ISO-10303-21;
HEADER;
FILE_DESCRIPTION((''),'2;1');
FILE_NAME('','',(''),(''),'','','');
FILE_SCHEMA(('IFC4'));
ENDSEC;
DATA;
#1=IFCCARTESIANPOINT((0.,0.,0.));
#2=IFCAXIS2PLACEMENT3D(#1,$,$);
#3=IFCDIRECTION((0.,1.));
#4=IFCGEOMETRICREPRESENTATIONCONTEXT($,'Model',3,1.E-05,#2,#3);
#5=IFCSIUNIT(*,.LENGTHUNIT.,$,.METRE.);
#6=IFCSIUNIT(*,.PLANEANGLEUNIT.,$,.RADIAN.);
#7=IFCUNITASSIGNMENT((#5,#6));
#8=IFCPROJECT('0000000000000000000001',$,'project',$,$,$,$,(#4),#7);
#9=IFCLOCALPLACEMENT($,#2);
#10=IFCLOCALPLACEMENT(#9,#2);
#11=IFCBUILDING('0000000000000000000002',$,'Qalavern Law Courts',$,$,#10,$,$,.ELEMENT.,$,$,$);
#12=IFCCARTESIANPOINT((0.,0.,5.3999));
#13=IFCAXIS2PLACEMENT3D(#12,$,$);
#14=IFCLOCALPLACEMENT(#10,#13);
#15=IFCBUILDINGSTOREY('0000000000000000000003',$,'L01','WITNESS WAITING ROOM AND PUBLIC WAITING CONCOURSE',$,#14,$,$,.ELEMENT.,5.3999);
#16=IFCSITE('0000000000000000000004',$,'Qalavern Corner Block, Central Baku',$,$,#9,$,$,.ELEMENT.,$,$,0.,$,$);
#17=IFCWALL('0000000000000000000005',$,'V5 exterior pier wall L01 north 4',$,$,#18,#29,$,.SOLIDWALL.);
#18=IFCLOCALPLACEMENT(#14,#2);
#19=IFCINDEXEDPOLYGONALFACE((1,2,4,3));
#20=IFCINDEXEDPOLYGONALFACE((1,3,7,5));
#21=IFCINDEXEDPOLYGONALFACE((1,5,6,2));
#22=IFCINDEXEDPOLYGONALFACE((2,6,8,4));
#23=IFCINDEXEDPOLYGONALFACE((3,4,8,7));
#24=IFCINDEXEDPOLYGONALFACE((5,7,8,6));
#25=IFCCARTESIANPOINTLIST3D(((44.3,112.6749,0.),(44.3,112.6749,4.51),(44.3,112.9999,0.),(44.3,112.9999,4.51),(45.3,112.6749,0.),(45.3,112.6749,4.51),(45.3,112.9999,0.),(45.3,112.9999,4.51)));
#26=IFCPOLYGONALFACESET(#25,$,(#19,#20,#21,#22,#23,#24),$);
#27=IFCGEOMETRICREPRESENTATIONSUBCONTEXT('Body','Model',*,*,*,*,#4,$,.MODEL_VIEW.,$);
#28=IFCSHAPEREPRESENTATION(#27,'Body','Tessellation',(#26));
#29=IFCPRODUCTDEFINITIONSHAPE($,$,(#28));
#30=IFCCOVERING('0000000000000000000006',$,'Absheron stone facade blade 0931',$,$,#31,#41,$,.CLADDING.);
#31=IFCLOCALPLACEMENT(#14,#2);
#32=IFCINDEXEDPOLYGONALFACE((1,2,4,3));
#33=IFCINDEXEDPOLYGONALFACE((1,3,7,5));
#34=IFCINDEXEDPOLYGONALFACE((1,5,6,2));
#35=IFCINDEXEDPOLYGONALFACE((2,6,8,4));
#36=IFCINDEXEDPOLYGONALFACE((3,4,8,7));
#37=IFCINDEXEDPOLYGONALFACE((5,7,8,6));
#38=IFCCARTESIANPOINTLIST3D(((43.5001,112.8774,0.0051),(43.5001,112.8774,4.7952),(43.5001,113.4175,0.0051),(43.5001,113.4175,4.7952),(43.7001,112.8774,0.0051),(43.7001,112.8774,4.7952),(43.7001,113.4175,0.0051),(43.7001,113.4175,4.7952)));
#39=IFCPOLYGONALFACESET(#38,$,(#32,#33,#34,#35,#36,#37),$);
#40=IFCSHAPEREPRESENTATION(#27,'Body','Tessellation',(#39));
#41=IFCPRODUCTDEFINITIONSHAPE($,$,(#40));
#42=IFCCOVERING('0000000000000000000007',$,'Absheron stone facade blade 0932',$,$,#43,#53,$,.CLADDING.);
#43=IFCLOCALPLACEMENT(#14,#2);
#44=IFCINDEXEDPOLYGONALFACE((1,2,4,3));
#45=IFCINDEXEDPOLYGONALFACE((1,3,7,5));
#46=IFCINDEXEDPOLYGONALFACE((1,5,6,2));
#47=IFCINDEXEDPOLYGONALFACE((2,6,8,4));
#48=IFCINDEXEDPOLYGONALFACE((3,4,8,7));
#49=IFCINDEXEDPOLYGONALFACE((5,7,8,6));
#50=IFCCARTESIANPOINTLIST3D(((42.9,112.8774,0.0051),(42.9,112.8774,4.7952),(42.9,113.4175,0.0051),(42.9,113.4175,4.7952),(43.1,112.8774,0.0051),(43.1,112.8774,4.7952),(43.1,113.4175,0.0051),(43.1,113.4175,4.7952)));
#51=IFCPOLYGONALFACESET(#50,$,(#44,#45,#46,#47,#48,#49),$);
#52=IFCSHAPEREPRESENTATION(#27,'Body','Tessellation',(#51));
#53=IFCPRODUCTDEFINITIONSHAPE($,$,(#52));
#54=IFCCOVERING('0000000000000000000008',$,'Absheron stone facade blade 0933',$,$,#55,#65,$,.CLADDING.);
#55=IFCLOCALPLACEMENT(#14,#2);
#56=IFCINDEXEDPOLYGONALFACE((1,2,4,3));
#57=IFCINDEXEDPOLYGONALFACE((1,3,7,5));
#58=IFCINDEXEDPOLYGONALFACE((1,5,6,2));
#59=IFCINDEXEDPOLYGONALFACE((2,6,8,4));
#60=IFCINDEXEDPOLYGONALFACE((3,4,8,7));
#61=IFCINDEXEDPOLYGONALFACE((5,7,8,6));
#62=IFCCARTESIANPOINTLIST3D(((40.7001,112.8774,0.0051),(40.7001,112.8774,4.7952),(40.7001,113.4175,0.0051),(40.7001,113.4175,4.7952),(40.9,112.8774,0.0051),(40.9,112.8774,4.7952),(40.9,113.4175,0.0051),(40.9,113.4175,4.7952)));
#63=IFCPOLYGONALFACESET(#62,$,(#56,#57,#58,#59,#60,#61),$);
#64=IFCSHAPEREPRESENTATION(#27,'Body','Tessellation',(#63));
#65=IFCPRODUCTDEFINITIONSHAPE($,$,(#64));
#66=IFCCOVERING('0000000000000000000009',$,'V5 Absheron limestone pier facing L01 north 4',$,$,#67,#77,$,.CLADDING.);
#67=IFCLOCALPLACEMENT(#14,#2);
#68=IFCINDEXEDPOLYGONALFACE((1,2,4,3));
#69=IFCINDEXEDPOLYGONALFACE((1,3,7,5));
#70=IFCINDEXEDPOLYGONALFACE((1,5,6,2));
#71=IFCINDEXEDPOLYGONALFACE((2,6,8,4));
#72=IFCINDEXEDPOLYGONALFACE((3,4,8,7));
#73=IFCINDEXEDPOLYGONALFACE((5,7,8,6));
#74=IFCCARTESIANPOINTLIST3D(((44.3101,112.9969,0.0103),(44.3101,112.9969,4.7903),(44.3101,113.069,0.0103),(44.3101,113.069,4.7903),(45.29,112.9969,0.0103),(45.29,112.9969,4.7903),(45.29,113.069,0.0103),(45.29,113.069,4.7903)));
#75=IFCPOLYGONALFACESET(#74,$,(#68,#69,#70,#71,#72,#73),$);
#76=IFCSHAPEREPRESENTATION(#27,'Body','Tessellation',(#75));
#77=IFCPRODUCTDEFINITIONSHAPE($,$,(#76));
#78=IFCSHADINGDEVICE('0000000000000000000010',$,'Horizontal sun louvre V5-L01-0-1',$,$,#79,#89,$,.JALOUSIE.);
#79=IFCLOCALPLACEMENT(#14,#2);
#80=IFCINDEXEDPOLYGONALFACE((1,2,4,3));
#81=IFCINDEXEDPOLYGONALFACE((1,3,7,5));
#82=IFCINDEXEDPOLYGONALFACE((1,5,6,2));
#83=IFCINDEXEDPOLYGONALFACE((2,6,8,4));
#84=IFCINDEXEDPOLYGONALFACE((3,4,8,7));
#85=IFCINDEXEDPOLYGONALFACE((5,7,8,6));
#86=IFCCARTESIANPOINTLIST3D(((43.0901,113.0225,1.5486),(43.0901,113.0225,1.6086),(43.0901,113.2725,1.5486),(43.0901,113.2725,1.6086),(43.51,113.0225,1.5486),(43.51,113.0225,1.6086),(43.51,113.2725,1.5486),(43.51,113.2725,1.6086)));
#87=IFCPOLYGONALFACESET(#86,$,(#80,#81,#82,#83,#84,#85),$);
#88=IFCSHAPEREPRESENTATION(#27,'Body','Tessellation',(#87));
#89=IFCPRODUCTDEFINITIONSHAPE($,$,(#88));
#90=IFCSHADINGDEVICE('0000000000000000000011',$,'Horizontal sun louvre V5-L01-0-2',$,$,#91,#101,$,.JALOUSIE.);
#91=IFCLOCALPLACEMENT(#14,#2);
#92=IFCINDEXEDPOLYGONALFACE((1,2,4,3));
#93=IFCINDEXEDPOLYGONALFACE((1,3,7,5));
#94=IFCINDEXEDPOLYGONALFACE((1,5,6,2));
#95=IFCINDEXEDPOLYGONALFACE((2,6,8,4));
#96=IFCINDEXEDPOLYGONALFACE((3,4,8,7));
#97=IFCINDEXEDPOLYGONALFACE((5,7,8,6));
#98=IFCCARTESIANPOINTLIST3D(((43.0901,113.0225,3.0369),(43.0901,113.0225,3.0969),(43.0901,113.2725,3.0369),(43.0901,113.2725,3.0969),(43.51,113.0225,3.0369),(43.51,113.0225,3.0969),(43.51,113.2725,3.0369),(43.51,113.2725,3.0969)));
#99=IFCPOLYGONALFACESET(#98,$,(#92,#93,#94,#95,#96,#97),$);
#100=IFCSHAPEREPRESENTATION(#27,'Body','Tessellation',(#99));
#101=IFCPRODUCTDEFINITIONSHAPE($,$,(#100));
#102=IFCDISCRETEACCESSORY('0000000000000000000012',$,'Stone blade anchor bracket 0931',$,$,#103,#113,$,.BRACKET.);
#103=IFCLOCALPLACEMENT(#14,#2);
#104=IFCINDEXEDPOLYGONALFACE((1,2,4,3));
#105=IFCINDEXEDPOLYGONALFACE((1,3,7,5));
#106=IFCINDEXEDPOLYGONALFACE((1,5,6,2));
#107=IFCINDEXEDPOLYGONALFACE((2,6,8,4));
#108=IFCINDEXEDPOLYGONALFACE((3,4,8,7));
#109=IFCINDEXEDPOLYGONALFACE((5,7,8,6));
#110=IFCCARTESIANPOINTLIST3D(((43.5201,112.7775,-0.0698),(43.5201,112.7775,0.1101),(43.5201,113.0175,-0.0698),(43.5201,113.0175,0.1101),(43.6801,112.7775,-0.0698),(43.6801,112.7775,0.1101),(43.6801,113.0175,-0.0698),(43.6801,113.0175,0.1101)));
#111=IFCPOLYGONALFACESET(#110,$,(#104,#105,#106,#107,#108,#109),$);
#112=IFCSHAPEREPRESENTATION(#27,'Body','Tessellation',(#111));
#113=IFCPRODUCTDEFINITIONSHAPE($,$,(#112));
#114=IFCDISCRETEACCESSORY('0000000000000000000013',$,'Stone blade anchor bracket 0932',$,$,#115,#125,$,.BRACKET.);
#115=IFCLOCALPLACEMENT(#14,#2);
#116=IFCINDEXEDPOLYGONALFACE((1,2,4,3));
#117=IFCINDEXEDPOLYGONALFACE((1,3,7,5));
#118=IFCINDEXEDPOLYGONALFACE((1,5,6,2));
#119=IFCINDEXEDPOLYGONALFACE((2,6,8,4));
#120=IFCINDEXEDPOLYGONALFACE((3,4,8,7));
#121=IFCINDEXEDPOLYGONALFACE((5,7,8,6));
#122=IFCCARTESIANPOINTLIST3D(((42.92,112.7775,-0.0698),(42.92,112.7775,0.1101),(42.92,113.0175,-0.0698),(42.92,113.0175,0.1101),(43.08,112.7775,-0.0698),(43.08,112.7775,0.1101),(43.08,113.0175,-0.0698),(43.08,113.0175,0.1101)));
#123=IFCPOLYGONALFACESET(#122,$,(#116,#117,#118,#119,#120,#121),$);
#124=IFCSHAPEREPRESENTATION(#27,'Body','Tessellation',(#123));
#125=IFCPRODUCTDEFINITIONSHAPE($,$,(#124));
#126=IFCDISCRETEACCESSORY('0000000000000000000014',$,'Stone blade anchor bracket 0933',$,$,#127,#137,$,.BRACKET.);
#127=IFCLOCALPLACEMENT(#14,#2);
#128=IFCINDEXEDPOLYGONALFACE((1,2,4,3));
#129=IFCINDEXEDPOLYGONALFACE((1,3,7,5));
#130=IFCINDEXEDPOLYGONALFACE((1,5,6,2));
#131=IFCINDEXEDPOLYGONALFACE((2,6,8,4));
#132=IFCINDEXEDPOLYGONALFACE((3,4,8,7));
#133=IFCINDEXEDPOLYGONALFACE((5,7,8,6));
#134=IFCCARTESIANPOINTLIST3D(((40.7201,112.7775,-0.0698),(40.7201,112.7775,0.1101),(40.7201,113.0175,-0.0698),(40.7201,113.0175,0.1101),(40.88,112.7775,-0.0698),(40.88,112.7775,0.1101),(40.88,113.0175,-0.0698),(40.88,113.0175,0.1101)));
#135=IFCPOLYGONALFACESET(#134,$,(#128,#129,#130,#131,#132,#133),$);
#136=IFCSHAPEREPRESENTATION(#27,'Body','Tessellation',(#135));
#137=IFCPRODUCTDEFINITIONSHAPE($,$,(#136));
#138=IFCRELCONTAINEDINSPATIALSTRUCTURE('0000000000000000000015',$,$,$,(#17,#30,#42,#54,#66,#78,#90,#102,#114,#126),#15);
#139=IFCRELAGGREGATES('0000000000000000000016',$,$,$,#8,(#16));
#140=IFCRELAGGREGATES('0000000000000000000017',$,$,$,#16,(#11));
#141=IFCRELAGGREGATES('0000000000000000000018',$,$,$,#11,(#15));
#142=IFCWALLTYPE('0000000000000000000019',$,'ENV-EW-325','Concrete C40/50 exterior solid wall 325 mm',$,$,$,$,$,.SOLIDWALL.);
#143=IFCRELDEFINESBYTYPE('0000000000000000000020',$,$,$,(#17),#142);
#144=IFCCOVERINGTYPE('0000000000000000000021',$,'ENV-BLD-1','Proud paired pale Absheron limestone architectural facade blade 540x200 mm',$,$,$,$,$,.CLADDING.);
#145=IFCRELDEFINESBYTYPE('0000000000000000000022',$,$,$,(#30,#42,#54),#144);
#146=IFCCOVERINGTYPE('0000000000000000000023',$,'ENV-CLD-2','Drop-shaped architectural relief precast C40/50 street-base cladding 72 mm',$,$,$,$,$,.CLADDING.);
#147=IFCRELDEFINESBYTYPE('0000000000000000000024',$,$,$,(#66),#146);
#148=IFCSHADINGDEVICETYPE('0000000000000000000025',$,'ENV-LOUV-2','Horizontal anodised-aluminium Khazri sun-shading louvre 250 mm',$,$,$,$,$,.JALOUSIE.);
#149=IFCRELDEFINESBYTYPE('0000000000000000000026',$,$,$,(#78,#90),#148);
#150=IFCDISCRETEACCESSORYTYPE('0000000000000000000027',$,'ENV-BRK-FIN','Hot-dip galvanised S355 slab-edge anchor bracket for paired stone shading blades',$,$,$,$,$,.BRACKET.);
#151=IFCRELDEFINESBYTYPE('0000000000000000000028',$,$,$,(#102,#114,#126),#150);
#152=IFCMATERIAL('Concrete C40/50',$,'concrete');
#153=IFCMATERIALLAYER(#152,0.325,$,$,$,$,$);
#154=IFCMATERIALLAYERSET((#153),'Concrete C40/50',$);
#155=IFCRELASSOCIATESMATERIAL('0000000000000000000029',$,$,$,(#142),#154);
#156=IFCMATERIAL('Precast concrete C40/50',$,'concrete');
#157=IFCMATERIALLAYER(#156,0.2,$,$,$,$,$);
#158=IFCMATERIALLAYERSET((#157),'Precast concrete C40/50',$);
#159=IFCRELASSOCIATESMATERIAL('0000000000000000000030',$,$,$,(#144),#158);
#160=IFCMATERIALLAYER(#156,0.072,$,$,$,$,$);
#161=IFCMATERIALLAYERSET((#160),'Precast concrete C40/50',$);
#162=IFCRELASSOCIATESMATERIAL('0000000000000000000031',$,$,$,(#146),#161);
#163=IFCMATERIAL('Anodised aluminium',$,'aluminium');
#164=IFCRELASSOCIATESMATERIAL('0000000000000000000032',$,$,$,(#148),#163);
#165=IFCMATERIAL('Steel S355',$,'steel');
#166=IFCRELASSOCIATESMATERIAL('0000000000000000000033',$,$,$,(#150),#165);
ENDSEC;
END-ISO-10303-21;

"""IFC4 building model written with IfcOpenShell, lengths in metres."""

from ifc_helpers import new_model, si_unit, direction, frame, frame_2d, origin, origin_2d, place, context, subcontext, project, spatial, rectangle, extrude, material, layer, layer_set, type_object, element, save


model = new_model("IFC4")

# Units and contexts
model_context = context("Model", 3, precision=1e-05, world=origin(), true_north=direction((0.0, 1.0)))
body_context = subcontext(model_context, "Body", "Model", "MODEL_VIEW")
ifc_project = project(units=[si_unit("LENGTHUNIT", "METRE"), si_unit("PLANEANGLEUNIT", "RADIAN")], contexts=[model_context])

# Site, building, storey
site_placement = place(None, origin())
site = spatial("IfcSite", under=ifc_project, at=site_placement, Name="Qalavern Corner Block, Central Baku", CompositionType="ELEMENT", RefElevation=0.0)
building_placement = place(site_placement, origin())
building = spatial("IfcBuilding", under=site, at=building_placement, Name="Qalavern Law Courts", CompositionType="ELEMENT")
storey_placement = place(building_placement, frame((0.0, 0.0, 5.3999)))
storey = spatial("IfcBuildingStorey", under=building, at=storey_placement, Name="L01", Description="WITNESS WAITING ROOM AND PUBLIC WAITING CONCOURSE", CompositionType="ELEMENT", Elevation=5.3999)

# Shared definitions
ifc_material_1 = material(Name="Anodised aluminium", Category="aluminium")

# Wall
ifc_material_2 = material(Name="Concrete C40/50", Category="concrete")
ifc_layer_1 = layer(ifc_material_2, 0.325)
ifc_layer_set_1 = layer_set([ifc_layer_1], Name="Concrete C40/50")
wall_type = type_object("IfcWallType", Name="ENV-EW-325", Description="Concrete C40/50 exterior solid wall 325 mm", PredefinedType="SOLIDWALL", material=ifc_layer_set_1)
wall_placement = place(storey_placement, frame((45.3, 112.8374, 0.0), z_axis=(0.0, 0.0, 1.0), x_axis=(-1.0, 0.0, 0.0)))
element("IfcWall", 1, at=wall_placement, inside=storey, type_object=wall_type, Name="V5 exterior pier wall L01 north 4", PredefinedType="SOLIDWALL", context=body_context, shape_type="SweptSolid", body=[
    extrude(rectangle(XDim=1.0, YDim=0.325, at=frame_2d((0.5, 0.0))), origin(), (0.0, 0.0, 1.0), 4.51),
])

# Coverings
ifc_material_3 = material(Name="Precast concrete C40/50", Category="concrete")
ifc_layer_2 = layer(ifc_material_3, 0.2)
ifc_layer_set_2 = layer_set([ifc_layer_2], Name="Precast concrete C40/50")
covering_type_1 = type_object("IfcCoveringType", Name="ENV-BLD-1", Description="Proud paired pale Absheron limestone architectural facade blade 540x200 mm", PredefinedType="CLADDING", material=ifc_layer_set_2)
for number, where, z_axis, x_axis, name in (
    (2, (43.6001, 113.1475, 0.0051), (0.0, 0.0, 1.0), (0.0, 1.0, 0.0), "Absheron stone facade blade 0931"),
    (3, (43.0, 113.1475, 0.0051), (0.0, 0.0, 1.0), (0.0, 1.0, 0.0), "Absheron stone facade blade 0932"),
    (4, (40.8, 113.1475, 0.0051), (0.0, 0.0, 1.0), (0.0, 1.0, 0.0), "Absheron stone facade blade 0933"),
):
    element("IfcCovering", number, at=place(storey_placement, frame(where, z_axis=z_axis, x_axis=x_axis)), inside=storey, type_object=covering_type_1, Name=name, PredefinedType="CLADDING", context=body_context, shape_type="SweptSolid", body=[
        extrude(rectangle(XDim=0.54, YDim=0.2, at=origin_2d()), origin(), (0.0, 0.0, 1.0), 4.79),
    ])
ifc_layer_3 = layer(ifc_material_3, 0.072)
ifc_layer_set_3 = layer_set([ifc_layer_3], Name="Precast concrete C40/50")
covering_type_2 = type_object("IfcCoveringType", Name="ENV-CLD-2", Description="Drop-shaped architectural relief precast C40/50 street-base cladding 72 mm", PredefinedType="CLADDING", material=ifc_layer_set_3)
covering_placement = place(storey_placement, frame((44.8, 113.033, 0.0103), z_axis=(0.0, 0.0, 1.0), x_axis=(-1.0, 0.0, 0.0)))
element("IfcCovering", 5, at=covering_placement, inside=storey, type_object=covering_type_2, Name="V5 Absheron limestone pier facing L01 north 4", PredefinedType="CLADDING", context=body_context, shape_type="SweptSolid", body=[
    extrude(rectangle(XDim=0.98, YDim=0.072, at=origin_2d()), origin(), (0.0, 0.0, 1.0), 4.78),
])

# Shading devices
shading_device_type = type_object("IfcShadingDeviceType", Name="ENV-LOUV-2", Description="Horizontal anodised-aluminium Khazri sun-shading louvre 250 mm", PredefinedType="JALOUSIE", material=ifc_material_1)
for number, where, z_axis, x_axis, name in (
    (6, (43.3, 113.1475, 1.5486), (0.0, 0.0, 1.0), (-1.0, 0.0, 0.0), "Horizontal sun louvre V5-L01-0-1"),
    (7, (43.3, 113.1475, 3.0369), (0.0, 0.0, 1.0), (-1.0, 0.0, 0.0), "Horizontal sun louvre V5-L01-0-2"),
):
    element("IfcShadingDevice", number, at=place(storey_placement, frame(where, z_axis=z_axis, x_axis=x_axis)), inside=storey, type_object=shading_device_type, Name=name, PredefinedType="JALOUSIE", context=body_context, shape_type="SweptSolid", body=[
        extrude(rectangle(XDim=0.4199, YDim=0.25, at=origin_2d()), origin(), (0.0, 0.0, 1.0), 0.0601),
    ])

# Discrete accessories
ifc_material_4 = material(Name="Steel S355", Category="steel")
discrete_accessory_type = type_object("IfcDiscreteAccessoryType", Name="ENV-BRK-FIN", Description="Hot-dip galvanised S355 slab-edge anchor bracket for paired stone shading blades", PredefinedType="BRACKET", material=ifc_material_4)
for number, where, z_axis, x_axis, name in (
    (8, (43.6001, 112.8975, -0.0698), (0.0, 0.0, 1.0), (0.0, 1.0, 0.0), "Stone blade anchor bracket 0931"),
    (9, (43.0, 112.8975, -0.0698), (0.0, 0.0, 1.0), (0.0, 1.0, 0.0), "Stone blade anchor bracket 0932"),
    (10, (40.8, 112.8975, -0.0698), (0.0, 0.0, 1.0), (0.0, 1.0, 0.0), "Stone blade anchor bracket 0933"),
):
    element("IfcDiscreteAccessory", number, at=place(storey_placement, frame(where, z_axis=z_axis, x_axis=x_axis)), inside=storey, type_object=discrete_accessory_type, Name=name, PredefinedType="BRACKET", context=body_context, shape_type="SweptSolid", body=[
        extrude(rectangle(XDim=0.24, YDim=0.1599, at=origin_2d()), origin(), (0.0, 0.0, 1.0), 0.1799),
    ])

save(model, "model.ifc")
